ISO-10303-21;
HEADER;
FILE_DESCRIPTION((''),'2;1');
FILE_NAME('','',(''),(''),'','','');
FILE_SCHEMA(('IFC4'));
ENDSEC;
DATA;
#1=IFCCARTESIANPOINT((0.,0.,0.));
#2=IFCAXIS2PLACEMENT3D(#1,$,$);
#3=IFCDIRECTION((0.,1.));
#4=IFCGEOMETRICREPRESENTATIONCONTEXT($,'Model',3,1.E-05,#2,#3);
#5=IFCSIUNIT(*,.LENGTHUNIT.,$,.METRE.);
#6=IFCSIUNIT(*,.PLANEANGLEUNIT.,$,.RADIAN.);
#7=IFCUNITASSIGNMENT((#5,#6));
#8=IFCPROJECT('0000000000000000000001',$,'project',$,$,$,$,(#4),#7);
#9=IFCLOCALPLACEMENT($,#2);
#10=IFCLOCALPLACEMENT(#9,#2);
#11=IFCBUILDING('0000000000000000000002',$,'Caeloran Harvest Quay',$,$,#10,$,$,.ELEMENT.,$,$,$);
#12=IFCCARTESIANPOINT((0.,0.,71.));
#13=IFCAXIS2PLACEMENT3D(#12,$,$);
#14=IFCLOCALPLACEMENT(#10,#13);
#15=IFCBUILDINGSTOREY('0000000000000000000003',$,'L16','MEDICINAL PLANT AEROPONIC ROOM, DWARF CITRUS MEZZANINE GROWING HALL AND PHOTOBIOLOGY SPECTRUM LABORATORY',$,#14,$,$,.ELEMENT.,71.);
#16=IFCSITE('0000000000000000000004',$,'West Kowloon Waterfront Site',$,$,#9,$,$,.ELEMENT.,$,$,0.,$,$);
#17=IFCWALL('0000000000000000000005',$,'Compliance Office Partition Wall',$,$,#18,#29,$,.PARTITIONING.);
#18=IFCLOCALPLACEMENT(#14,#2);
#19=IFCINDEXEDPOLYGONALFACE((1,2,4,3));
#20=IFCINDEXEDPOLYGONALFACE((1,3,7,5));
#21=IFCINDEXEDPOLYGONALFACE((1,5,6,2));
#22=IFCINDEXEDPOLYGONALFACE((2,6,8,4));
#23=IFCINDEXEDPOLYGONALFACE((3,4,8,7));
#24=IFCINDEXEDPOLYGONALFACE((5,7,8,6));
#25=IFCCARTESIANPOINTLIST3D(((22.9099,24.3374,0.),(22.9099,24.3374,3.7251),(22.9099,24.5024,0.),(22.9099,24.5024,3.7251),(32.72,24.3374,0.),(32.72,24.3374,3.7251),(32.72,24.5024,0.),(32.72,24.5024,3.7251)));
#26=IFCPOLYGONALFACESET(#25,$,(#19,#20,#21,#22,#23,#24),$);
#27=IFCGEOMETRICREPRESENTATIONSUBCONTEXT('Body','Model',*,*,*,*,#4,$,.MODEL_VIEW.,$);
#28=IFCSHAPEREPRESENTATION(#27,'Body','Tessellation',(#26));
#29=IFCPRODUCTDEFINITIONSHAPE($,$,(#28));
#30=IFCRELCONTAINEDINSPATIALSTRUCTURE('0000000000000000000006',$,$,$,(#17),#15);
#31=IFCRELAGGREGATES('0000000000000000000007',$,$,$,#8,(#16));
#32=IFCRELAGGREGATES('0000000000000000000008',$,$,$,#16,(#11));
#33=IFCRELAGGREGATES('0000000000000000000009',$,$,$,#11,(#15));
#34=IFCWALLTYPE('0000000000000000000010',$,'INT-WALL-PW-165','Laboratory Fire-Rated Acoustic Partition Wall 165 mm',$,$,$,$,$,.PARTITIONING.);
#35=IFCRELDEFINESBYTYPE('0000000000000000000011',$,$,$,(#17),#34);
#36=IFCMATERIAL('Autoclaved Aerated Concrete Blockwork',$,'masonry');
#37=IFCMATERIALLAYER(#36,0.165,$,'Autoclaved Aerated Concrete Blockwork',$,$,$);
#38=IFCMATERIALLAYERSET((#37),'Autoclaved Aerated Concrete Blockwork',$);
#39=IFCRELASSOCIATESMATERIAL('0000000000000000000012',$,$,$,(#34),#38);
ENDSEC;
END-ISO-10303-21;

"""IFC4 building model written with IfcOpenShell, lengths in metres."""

from ifc_helpers import new_model, si_unit, direction, frame, frame_2d, origin, place, context, subcontext, project, spatial, rectangle, extrude, material, layer, layer_set, type_object, element, save


model = new_model("IFC4")

# Units and contexts
model_context = context("Model", 3, precision=1e-05, world=origin(), true_north=direction((0.0, 1.0)))
body_context = subcontext(model_context, "Body", "Model", "MODEL_VIEW")
ifc_project = project(units=[si_unit("LENGTHUNIT", "METRE"), si_unit("PLANEANGLEUNIT", "RADIAN")], contexts=[model_context])

# Site, building, storey
site_placement = place(None, origin())
site = spatial("IfcSite", under=ifc_project, at=site_placement, Name="West Kowloon Waterfront Site", CompositionType="ELEMENT", RefElevation=0.0)
building_placement = place(site_placement, origin())
building = spatial("IfcBuilding", under=site, at=building_placement, Name="Caeloran Harvest Quay", CompositionType="ELEMENT")
storey_placement = place(building_placement, frame((0.0, 0.0, 71.0)))
storey = spatial("IfcBuildingStorey", under=building, at=storey_placement, Name="L16", Description="MEDICINAL PLANT AEROPONIC ROOM, DWARF CITRUS MEZZANINE GROWING HALL AND PHOTOBIOLOGY SPECTRUM LABORATORY", CompositionType="ELEMENT", Elevation=71.0)

# Wall
ifc_material_1 = material(Name="Autoclaved Aerated Concrete Blockwork", Category="masonry")
ifc_layer = layer(ifc_material_1, 0.165, Name="Autoclaved Aerated Concrete Blockwork")
ifc_layer_set = layer_set([ifc_layer], Name="Autoclaved Aerated Concrete Blockwork")
wall_type = type_object("IfcWallType", Name="INT-WALL-PW-165", Description="Laboratory Fire-Rated Acoustic Partition Wall 165 mm", PredefinedType="PARTITIONING", material=ifc_layer_set)
wall_placement = place(storey_placement, frame((22.9099, 24.4199, 0.0), z_axis=(0.0, 0.0, 1.0), x_axis=(1.0, 0.0, 0.0)))
element("IfcWall", 1, at=wall_placement, inside=storey, type_object=wall_type, Name="Compliance Office Partition Wall", PredefinedType="PARTITIONING", context=body_context, shape_type="SweptSolid", body=[
    extrude(rectangle(XDim=9.8101, YDim=0.165, at=frame_2d((4.905, 0.0))), origin(), (0.0, 0.0, 1.0), 3.7251),
])

save(model, "model.ifc")
